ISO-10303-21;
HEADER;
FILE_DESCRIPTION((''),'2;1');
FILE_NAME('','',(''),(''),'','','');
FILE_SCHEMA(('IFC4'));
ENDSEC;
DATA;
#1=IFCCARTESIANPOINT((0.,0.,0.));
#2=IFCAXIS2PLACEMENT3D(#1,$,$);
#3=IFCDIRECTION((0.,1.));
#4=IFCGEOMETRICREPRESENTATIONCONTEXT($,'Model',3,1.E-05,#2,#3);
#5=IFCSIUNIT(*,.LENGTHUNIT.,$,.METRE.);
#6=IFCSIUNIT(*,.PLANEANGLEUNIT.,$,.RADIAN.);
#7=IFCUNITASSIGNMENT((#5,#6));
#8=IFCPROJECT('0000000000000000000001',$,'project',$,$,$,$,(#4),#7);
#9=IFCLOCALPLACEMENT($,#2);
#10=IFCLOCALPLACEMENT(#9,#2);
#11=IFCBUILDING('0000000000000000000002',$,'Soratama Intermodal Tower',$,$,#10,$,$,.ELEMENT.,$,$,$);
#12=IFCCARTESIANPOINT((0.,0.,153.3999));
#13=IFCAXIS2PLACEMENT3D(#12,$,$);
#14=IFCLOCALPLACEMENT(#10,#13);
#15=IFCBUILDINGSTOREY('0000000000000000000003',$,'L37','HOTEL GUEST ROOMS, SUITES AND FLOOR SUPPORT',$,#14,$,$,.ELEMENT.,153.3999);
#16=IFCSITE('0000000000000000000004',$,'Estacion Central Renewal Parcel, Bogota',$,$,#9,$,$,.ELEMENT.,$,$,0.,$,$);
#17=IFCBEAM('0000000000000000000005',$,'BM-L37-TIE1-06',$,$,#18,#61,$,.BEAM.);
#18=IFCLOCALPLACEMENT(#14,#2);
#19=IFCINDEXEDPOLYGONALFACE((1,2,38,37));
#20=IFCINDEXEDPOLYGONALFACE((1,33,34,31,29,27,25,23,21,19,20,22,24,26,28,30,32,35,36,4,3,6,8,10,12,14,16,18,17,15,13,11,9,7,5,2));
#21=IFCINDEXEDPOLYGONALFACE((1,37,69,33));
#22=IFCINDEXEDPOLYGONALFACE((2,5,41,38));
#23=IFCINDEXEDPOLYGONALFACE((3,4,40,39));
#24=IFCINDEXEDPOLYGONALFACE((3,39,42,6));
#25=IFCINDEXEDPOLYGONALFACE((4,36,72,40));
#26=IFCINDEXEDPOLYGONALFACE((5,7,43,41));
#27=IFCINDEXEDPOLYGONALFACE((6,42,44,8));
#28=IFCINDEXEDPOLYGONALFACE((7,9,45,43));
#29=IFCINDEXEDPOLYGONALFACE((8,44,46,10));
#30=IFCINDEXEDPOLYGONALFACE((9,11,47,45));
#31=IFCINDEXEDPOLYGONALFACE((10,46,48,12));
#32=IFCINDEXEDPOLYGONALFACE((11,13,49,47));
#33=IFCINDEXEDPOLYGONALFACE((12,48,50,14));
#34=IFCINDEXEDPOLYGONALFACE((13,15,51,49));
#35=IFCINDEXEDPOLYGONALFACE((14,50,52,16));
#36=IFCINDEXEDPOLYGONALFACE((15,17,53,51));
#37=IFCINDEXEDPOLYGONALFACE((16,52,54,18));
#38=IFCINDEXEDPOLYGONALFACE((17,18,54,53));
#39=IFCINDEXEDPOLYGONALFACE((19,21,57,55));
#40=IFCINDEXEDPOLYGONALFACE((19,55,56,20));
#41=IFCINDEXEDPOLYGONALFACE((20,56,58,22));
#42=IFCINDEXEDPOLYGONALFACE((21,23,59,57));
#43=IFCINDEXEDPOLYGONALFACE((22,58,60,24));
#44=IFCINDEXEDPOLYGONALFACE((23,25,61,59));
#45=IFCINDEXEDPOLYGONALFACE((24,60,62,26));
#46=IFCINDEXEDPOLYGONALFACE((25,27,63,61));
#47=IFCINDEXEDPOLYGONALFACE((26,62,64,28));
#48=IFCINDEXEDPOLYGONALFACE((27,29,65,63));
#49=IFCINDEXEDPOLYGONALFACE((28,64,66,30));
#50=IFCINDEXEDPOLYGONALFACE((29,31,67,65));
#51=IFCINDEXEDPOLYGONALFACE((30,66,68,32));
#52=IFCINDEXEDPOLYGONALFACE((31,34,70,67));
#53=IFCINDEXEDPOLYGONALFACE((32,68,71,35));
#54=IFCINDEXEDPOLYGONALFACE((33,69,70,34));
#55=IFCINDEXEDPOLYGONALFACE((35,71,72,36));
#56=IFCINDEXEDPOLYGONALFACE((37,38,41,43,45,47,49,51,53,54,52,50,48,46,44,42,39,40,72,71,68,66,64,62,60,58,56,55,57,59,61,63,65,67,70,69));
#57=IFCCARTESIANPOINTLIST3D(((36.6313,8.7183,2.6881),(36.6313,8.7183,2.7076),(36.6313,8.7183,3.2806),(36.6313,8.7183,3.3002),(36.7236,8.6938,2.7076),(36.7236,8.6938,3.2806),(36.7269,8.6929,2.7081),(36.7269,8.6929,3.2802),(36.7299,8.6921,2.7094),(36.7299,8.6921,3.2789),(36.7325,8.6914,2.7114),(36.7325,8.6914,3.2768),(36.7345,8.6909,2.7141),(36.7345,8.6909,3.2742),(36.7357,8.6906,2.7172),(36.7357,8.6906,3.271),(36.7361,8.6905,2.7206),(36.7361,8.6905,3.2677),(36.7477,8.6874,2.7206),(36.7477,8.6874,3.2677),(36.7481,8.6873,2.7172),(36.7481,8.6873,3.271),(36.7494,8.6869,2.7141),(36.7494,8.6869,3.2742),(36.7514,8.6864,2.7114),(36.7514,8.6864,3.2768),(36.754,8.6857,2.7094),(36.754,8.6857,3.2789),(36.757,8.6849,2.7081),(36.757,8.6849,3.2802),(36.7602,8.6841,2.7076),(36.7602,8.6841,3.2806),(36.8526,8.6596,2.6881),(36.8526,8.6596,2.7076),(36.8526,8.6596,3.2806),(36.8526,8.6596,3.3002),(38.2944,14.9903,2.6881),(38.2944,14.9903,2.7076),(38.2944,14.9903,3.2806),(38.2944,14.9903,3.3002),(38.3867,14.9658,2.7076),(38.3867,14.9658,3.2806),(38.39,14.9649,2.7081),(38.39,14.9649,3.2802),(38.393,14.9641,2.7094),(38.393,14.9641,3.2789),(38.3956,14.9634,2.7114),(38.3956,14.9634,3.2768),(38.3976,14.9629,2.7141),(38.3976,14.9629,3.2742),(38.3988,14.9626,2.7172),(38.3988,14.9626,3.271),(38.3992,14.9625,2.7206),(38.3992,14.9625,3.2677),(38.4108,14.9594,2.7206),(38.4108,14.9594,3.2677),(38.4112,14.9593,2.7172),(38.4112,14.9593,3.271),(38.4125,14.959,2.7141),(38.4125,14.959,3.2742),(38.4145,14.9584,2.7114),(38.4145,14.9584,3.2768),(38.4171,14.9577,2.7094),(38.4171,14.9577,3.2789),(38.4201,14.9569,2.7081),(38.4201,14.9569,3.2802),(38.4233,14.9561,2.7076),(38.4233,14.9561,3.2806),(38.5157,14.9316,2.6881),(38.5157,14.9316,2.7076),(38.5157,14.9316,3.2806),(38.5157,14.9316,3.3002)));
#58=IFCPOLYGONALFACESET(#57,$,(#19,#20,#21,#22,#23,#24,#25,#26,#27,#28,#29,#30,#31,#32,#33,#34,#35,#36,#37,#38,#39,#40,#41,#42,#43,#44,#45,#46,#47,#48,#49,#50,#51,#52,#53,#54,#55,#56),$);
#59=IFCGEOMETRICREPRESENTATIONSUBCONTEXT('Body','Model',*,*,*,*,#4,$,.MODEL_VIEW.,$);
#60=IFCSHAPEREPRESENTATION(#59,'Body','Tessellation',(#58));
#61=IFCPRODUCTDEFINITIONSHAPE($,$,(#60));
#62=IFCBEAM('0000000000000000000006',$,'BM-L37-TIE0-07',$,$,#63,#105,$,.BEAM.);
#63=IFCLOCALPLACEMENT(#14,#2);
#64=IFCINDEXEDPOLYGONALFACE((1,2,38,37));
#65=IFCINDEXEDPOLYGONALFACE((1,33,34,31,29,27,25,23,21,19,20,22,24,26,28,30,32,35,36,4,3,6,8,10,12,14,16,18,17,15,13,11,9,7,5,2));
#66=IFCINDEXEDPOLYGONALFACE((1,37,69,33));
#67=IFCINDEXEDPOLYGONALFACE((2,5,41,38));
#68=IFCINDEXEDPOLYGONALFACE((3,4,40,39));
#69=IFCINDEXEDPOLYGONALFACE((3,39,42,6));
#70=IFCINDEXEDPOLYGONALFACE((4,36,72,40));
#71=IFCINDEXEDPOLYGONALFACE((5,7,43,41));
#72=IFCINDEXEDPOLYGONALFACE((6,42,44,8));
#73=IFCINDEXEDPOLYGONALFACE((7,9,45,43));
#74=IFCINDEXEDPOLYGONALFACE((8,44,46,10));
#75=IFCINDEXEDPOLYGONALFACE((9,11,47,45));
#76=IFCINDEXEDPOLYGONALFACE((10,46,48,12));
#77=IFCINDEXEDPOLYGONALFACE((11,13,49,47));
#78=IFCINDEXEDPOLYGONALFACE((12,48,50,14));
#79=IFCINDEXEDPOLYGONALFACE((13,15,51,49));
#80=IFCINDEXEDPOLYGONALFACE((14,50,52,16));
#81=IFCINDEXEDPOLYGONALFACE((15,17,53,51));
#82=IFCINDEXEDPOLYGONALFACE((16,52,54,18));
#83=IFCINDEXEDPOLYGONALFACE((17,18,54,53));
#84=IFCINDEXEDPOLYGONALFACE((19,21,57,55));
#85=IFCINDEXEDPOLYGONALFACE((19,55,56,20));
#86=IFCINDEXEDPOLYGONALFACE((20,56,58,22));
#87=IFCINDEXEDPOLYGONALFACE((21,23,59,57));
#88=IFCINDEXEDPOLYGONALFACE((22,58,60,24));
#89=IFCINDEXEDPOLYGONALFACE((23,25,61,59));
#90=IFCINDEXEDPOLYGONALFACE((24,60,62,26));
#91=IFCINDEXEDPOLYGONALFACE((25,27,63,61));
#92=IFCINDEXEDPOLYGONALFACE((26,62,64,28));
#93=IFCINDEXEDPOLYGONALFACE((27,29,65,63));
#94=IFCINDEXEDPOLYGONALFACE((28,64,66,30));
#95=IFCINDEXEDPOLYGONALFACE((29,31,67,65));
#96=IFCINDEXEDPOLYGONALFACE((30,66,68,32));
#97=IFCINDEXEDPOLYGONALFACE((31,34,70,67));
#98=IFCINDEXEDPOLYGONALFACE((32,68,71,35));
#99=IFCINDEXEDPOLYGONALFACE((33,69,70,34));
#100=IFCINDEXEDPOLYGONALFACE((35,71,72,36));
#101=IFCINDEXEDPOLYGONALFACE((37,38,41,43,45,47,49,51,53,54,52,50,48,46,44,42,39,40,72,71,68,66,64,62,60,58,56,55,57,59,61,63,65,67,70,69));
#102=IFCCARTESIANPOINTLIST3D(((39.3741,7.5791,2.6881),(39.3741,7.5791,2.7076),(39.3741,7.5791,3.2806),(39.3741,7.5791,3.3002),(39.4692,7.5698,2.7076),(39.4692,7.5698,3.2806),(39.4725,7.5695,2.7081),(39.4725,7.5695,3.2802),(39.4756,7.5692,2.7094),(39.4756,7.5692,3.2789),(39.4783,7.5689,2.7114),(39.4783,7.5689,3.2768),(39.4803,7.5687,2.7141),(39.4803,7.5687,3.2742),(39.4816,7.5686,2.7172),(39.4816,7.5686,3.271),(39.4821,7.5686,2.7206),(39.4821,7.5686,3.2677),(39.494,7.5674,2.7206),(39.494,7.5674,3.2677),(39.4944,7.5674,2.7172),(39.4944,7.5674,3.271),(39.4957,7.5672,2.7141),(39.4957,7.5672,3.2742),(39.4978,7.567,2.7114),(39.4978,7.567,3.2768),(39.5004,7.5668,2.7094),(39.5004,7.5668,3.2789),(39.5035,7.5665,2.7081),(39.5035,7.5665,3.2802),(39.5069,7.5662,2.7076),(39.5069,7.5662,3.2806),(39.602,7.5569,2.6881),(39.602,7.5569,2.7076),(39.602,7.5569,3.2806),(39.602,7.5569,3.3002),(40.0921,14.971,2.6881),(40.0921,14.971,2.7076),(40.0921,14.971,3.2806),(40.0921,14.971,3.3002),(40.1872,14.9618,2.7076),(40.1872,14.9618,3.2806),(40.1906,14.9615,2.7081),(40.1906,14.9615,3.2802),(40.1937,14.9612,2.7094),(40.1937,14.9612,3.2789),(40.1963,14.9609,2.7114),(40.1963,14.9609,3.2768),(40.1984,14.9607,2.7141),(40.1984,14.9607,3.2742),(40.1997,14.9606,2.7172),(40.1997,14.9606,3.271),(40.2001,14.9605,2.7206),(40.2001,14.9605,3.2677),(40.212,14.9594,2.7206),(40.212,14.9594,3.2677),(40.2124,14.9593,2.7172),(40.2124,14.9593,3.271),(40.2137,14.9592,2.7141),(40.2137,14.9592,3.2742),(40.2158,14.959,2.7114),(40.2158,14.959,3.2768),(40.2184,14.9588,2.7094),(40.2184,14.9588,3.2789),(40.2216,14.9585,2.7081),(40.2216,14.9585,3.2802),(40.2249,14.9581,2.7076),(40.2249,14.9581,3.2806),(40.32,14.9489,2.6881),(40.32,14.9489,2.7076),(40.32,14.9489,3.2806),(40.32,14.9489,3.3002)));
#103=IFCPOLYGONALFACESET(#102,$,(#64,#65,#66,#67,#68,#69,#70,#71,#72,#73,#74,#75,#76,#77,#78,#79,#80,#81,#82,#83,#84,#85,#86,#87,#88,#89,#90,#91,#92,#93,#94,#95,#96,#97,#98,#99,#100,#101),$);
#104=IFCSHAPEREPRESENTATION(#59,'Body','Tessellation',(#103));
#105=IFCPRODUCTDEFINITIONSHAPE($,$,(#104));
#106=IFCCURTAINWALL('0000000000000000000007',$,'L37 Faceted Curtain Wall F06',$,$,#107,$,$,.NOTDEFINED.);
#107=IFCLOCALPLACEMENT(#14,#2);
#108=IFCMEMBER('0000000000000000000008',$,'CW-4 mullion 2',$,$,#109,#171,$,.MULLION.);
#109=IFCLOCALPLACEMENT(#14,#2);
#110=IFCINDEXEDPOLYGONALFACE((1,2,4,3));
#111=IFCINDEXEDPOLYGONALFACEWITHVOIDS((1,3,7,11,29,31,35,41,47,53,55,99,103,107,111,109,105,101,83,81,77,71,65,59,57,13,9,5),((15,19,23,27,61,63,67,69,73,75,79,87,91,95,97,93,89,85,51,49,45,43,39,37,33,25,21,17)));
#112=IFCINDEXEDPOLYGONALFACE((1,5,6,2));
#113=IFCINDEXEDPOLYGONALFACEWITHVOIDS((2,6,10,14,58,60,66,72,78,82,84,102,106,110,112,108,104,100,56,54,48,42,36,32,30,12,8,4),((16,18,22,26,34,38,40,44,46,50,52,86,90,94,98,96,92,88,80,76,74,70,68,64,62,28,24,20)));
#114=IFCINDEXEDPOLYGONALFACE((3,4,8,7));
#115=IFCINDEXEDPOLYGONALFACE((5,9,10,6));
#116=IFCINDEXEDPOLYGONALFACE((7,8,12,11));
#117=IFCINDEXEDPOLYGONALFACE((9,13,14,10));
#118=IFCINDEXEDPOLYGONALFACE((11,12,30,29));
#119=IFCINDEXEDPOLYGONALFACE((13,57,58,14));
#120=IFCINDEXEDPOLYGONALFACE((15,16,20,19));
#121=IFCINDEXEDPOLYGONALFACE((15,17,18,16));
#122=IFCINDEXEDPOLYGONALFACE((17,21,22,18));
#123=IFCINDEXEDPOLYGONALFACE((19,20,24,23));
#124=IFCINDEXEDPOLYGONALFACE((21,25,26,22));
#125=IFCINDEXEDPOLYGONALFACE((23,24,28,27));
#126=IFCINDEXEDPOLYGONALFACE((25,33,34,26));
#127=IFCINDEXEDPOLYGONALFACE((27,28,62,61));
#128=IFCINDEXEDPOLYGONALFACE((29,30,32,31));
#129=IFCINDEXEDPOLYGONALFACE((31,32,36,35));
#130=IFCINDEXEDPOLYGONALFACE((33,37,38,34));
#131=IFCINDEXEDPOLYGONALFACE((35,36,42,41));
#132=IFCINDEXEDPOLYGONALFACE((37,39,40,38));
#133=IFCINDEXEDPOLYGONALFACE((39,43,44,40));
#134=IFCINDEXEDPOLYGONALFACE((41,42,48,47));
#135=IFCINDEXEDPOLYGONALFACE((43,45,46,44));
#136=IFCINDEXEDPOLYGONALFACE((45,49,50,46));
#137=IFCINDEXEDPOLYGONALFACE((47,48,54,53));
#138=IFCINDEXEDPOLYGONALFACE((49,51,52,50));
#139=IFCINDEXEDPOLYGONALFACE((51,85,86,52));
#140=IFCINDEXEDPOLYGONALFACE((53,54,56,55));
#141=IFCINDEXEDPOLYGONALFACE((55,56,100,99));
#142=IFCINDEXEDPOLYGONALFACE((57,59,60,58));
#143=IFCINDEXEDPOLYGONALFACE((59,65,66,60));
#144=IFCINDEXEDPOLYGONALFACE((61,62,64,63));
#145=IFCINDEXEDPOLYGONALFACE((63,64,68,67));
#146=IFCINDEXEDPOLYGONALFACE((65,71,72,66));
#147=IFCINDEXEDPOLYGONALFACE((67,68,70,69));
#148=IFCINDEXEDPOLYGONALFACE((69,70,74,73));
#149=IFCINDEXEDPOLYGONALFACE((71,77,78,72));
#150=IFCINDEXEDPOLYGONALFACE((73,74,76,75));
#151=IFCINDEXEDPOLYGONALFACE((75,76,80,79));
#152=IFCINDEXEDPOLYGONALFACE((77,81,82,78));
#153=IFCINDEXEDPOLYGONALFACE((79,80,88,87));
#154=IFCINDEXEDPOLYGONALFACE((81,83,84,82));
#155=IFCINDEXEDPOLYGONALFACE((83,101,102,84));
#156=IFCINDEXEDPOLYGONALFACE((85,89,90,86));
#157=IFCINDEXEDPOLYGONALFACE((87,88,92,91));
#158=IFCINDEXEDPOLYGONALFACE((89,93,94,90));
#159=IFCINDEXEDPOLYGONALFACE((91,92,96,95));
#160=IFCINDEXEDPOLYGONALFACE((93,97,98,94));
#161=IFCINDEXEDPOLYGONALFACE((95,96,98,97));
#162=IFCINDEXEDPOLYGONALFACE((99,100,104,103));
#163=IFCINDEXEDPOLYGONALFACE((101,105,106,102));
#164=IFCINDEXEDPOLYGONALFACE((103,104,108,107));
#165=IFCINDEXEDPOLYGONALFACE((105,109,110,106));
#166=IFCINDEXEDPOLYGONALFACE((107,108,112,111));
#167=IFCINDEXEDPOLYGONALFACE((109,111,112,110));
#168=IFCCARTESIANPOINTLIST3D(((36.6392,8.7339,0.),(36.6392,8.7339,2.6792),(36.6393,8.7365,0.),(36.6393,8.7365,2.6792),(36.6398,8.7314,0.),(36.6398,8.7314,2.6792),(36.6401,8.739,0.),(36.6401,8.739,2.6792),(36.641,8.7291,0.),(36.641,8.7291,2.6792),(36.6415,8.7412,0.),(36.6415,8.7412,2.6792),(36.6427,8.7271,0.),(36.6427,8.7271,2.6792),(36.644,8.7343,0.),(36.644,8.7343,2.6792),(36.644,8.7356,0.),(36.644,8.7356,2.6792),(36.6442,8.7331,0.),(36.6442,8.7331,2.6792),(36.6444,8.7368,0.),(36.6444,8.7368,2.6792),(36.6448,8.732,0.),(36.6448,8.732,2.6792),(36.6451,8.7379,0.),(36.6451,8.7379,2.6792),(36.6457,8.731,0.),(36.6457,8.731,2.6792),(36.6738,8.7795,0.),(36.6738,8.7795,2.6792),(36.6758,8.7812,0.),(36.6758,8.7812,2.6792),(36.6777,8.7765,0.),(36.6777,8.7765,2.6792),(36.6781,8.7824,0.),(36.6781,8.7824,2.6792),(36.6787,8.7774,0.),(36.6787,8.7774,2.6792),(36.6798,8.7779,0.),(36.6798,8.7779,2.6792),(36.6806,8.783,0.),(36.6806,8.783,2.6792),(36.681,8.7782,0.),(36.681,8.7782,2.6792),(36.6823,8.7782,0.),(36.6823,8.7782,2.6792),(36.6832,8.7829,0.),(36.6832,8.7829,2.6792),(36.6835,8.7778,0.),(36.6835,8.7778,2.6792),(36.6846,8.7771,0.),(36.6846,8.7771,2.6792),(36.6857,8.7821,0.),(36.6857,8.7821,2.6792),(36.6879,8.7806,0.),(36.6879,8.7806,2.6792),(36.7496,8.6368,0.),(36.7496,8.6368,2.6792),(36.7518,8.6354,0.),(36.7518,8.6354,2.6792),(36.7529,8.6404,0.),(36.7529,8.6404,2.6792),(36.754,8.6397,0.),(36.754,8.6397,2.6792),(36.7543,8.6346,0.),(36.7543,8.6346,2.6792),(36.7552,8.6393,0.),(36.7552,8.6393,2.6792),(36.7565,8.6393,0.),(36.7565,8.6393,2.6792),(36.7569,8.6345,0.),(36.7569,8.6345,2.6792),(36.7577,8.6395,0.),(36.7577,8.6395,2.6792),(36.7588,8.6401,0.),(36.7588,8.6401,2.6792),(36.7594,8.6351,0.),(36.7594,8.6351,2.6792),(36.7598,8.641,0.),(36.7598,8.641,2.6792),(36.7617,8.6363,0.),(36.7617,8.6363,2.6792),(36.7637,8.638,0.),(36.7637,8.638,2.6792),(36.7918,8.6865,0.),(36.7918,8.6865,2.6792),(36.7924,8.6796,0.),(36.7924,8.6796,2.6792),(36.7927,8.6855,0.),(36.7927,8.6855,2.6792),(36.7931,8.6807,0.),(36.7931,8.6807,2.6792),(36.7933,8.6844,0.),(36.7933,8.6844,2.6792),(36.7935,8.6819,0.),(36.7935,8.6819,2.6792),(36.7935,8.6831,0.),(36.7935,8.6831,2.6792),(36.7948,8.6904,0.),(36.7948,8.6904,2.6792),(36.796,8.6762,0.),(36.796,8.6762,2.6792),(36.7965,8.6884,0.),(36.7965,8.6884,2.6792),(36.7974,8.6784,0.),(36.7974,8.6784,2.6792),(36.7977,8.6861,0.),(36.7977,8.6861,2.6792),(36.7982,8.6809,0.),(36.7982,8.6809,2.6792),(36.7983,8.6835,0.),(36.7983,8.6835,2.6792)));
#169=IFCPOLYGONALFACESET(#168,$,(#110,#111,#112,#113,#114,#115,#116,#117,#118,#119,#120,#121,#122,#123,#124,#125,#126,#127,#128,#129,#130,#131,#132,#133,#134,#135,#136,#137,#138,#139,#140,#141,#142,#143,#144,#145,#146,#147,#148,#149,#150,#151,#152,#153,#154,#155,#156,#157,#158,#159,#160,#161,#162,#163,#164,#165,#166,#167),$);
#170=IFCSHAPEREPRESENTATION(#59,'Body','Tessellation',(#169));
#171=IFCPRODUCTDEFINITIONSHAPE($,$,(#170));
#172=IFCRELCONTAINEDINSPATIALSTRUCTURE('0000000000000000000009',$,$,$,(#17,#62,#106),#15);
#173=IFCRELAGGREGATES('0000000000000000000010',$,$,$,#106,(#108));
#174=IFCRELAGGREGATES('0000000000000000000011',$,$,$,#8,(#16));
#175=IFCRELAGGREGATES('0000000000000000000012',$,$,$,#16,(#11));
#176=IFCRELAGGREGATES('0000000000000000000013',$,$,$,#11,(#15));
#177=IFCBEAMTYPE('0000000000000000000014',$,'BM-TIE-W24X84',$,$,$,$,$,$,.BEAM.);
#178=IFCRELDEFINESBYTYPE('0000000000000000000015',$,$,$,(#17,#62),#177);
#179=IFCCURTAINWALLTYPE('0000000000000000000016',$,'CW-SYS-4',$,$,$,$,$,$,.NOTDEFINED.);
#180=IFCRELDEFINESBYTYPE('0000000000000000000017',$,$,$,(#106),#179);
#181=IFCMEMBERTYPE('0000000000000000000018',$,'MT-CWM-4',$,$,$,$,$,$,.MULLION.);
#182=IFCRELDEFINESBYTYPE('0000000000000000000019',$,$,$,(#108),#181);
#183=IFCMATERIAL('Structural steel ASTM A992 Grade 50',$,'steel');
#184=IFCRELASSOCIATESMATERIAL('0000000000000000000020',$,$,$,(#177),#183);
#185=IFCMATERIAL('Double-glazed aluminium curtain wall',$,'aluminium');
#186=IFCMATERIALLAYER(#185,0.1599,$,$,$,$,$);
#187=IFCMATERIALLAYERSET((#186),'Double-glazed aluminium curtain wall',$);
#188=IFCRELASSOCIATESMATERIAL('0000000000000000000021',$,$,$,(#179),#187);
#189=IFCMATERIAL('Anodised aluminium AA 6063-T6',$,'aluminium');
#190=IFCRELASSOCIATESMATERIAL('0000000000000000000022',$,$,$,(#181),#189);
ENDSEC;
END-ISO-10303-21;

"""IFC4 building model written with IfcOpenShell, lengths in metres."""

from ifc_helpers import new_model, si_unit, direction, frame, origin, origin_2d, place, context, subcontext, project, spatial, hollow_rectangle, i_section, extrude, material, layer, layer_set, material_profile, profile_set, type_object, element, aggregate, save


model = new_model("IFC4")

# Units and contexts
model_context = context("Model", 3, precision=1e-05, world=origin(), true_north=direction((0.0, 1.0)))
body_context = subcontext(model_context, "Body", "Model", "MODEL_VIEW")
ifc_project = project(units=[si_unit("LENGTHUNIT", "METRE"), si_unit("PLANEANGLEUNIT", "RADIAN")], contexts=[model_context])

# Site, building, storey
site_placement = place(None, origin())
site = spatial("IfcSite", under=ifc_project, at=site_placement, Name="Estacion Central Renewal Parcel, Bogota", CompositionType="ELEMENT", RefElevation=0.0)
building_placement = place(site_placement, origin())
building = spatial("IfcBuilding", under=site, at=building_placement, Name="Soratama Intermodal Tower", CompositionType="ELEMENT")
storey_placement = place(building_placement, frame((0.0, 0.0, 153.3999)))
storey = spatial("IfcBuildingStorey", under=building, at=storey_placement, Name="L37", Description="HOTEL GUEST ROOMS, SUITES AND FLOOR SUPPORT", CompositionType="ELEMENT", Elevation=153.3999)

# Beams
ifc_material_1 = material(Name="Structural steel ASTM A992 Grade 50", Category="steel")
ifc_material_profile_1 = material_profile(ifc_material_1, i_section(OverallWidth=0.229, OverallDepth=0.6121, WebThickness=0.012, FlangeThickness=0.0195, FilletRadius=0.0129, at=origin_2d()), Name="W24X84")
ifc_profile_set_1 = profile_set([ifc_material_profile_1], Name="Structural steel ASTM A992 Grade 50")
beam_type_1 = type_object("IfcBeamType", Name="BM-TIE-W24X84", PredefinedType="BEAM", material=ifc_profile_set_1)
beam_1_placement = place(storey_placement, frame((38.405, 14.9609, 2.9941), z_axis=(-0.256304, -0.966596, 0.0), x_axis=(0.966596, -0.256304, 0.0)))
element("IfcBeam", 1, at=beam_1_placement, inside=storey, type_object=beam_type_1, Name="BM-L37-TIE1-06", PredefinedType="BEAM", context=body_context, shape_type="SweptSolid", body=[
    extrude(i_section(OverallWidth=0.229, OverallDepth=0.6121, WebThickness=0.012, FlangeThickness=0.0195, FilletRadius=0.0129, at=origin_2d()), origin(), (0.0, 0.0, 1.0), 6.4888),
])
beam_2_placement = place(storey_placement, frame((40.2061, 14.96, 2.9941), z_axis=(-0.096681, -0.995315, 0.0), x_axis=(0.995315, -0.096681, 0.0)))
element("IfcBeam", 2, at=beam_2_placement, inside=storey, type_object=beam_type_1, Name="BM-L37-TIE0-07", PredefinedType="BEAM", context=body_context, shape_type="SweptSolid", body=[
    extrude(i_section(OverallWidth=0.229, OverallDepth=0.6121, WebThickness=0.012, FlangeThickness=0.0195, FilletRadius=0.0129, at=origin_2d()), origin(), (0.0, 0.0, 1.0), 7.4268),
])

# Curtain wall, member
ifc_material_2 = material(Name="Double-glazed aluminium curtain wall", Category="aluminium")
ifc_layer_1 = layer(ifc_material_2, 0.1599)
ifc_layer_set_1 = layer_set([ifc_layer_1], Name="Double-glazed aluminium curtain wall")
curtain_wall_type = type_object("IfcCurtainWallType", Name="CW-SYS-4", PredefinedType="NOTDEFINED", material=ifc_layer_set_1)
curtain_wall_1_placement = place(storey_placement, origin())
curtain_wall_1 = element("IfcCurtainWall", 3, at=curtain_wall_1_placement, inside=storey, type_object=curtain_wall_type, Name="L37 Faceted Curtain Wall F06", PredefinedType="NOTDEFINED")
ifc_material_3 = material(Name="Anodised aluminium AA 6063-T6", Category="aluminium")
ifc_material_profile_2 = material_profile(ifc_material_3, hollow_rectangle(XDim=0.0701, YDim=0.1599, WallThickness=0.0049, InnerFilletRadius=0.0049, OuterFilletRadius=0.01, at=origin_2d()), Name="CWM160X70X5")
ifc_profile_set_2 = profile_set([ifc_material_profile_2], Name="Anodised aluminium AA 6063-T6")
member_type_1 = type_object("IfcMemberType", Name="MT-CWM-4", PredefinedType="MULLION", material=ifc_profile_set_2)
member_1_placement = place(storey_placement, frame((36.7188, 8.7087, 0.0), z_axis=(0.0, 0.0, 1.0), x_axis=(0.645453, 0.7638, 0.0)))
member_1 = element("IfcMember", 4, at=member_1_placement, type_object=member_type_1, Name="CW-4 mullion 2", PredefinedType="MULLION", context=body_context, shape_type="SweptSolid", body=[
    extrude(hollow_rectangle(XDim=0.0701, YDim=0.1599, WallThickness=0.0049, InnerFilletRadius=0.0049, OuterFilletRadius=0.01, at=origin_2d()), origin(), (0.0, 0.0, 1.0), 2.6792),
])

aggregate(curtain_wall_1, [member_1])

save(model, "model.ifc")
